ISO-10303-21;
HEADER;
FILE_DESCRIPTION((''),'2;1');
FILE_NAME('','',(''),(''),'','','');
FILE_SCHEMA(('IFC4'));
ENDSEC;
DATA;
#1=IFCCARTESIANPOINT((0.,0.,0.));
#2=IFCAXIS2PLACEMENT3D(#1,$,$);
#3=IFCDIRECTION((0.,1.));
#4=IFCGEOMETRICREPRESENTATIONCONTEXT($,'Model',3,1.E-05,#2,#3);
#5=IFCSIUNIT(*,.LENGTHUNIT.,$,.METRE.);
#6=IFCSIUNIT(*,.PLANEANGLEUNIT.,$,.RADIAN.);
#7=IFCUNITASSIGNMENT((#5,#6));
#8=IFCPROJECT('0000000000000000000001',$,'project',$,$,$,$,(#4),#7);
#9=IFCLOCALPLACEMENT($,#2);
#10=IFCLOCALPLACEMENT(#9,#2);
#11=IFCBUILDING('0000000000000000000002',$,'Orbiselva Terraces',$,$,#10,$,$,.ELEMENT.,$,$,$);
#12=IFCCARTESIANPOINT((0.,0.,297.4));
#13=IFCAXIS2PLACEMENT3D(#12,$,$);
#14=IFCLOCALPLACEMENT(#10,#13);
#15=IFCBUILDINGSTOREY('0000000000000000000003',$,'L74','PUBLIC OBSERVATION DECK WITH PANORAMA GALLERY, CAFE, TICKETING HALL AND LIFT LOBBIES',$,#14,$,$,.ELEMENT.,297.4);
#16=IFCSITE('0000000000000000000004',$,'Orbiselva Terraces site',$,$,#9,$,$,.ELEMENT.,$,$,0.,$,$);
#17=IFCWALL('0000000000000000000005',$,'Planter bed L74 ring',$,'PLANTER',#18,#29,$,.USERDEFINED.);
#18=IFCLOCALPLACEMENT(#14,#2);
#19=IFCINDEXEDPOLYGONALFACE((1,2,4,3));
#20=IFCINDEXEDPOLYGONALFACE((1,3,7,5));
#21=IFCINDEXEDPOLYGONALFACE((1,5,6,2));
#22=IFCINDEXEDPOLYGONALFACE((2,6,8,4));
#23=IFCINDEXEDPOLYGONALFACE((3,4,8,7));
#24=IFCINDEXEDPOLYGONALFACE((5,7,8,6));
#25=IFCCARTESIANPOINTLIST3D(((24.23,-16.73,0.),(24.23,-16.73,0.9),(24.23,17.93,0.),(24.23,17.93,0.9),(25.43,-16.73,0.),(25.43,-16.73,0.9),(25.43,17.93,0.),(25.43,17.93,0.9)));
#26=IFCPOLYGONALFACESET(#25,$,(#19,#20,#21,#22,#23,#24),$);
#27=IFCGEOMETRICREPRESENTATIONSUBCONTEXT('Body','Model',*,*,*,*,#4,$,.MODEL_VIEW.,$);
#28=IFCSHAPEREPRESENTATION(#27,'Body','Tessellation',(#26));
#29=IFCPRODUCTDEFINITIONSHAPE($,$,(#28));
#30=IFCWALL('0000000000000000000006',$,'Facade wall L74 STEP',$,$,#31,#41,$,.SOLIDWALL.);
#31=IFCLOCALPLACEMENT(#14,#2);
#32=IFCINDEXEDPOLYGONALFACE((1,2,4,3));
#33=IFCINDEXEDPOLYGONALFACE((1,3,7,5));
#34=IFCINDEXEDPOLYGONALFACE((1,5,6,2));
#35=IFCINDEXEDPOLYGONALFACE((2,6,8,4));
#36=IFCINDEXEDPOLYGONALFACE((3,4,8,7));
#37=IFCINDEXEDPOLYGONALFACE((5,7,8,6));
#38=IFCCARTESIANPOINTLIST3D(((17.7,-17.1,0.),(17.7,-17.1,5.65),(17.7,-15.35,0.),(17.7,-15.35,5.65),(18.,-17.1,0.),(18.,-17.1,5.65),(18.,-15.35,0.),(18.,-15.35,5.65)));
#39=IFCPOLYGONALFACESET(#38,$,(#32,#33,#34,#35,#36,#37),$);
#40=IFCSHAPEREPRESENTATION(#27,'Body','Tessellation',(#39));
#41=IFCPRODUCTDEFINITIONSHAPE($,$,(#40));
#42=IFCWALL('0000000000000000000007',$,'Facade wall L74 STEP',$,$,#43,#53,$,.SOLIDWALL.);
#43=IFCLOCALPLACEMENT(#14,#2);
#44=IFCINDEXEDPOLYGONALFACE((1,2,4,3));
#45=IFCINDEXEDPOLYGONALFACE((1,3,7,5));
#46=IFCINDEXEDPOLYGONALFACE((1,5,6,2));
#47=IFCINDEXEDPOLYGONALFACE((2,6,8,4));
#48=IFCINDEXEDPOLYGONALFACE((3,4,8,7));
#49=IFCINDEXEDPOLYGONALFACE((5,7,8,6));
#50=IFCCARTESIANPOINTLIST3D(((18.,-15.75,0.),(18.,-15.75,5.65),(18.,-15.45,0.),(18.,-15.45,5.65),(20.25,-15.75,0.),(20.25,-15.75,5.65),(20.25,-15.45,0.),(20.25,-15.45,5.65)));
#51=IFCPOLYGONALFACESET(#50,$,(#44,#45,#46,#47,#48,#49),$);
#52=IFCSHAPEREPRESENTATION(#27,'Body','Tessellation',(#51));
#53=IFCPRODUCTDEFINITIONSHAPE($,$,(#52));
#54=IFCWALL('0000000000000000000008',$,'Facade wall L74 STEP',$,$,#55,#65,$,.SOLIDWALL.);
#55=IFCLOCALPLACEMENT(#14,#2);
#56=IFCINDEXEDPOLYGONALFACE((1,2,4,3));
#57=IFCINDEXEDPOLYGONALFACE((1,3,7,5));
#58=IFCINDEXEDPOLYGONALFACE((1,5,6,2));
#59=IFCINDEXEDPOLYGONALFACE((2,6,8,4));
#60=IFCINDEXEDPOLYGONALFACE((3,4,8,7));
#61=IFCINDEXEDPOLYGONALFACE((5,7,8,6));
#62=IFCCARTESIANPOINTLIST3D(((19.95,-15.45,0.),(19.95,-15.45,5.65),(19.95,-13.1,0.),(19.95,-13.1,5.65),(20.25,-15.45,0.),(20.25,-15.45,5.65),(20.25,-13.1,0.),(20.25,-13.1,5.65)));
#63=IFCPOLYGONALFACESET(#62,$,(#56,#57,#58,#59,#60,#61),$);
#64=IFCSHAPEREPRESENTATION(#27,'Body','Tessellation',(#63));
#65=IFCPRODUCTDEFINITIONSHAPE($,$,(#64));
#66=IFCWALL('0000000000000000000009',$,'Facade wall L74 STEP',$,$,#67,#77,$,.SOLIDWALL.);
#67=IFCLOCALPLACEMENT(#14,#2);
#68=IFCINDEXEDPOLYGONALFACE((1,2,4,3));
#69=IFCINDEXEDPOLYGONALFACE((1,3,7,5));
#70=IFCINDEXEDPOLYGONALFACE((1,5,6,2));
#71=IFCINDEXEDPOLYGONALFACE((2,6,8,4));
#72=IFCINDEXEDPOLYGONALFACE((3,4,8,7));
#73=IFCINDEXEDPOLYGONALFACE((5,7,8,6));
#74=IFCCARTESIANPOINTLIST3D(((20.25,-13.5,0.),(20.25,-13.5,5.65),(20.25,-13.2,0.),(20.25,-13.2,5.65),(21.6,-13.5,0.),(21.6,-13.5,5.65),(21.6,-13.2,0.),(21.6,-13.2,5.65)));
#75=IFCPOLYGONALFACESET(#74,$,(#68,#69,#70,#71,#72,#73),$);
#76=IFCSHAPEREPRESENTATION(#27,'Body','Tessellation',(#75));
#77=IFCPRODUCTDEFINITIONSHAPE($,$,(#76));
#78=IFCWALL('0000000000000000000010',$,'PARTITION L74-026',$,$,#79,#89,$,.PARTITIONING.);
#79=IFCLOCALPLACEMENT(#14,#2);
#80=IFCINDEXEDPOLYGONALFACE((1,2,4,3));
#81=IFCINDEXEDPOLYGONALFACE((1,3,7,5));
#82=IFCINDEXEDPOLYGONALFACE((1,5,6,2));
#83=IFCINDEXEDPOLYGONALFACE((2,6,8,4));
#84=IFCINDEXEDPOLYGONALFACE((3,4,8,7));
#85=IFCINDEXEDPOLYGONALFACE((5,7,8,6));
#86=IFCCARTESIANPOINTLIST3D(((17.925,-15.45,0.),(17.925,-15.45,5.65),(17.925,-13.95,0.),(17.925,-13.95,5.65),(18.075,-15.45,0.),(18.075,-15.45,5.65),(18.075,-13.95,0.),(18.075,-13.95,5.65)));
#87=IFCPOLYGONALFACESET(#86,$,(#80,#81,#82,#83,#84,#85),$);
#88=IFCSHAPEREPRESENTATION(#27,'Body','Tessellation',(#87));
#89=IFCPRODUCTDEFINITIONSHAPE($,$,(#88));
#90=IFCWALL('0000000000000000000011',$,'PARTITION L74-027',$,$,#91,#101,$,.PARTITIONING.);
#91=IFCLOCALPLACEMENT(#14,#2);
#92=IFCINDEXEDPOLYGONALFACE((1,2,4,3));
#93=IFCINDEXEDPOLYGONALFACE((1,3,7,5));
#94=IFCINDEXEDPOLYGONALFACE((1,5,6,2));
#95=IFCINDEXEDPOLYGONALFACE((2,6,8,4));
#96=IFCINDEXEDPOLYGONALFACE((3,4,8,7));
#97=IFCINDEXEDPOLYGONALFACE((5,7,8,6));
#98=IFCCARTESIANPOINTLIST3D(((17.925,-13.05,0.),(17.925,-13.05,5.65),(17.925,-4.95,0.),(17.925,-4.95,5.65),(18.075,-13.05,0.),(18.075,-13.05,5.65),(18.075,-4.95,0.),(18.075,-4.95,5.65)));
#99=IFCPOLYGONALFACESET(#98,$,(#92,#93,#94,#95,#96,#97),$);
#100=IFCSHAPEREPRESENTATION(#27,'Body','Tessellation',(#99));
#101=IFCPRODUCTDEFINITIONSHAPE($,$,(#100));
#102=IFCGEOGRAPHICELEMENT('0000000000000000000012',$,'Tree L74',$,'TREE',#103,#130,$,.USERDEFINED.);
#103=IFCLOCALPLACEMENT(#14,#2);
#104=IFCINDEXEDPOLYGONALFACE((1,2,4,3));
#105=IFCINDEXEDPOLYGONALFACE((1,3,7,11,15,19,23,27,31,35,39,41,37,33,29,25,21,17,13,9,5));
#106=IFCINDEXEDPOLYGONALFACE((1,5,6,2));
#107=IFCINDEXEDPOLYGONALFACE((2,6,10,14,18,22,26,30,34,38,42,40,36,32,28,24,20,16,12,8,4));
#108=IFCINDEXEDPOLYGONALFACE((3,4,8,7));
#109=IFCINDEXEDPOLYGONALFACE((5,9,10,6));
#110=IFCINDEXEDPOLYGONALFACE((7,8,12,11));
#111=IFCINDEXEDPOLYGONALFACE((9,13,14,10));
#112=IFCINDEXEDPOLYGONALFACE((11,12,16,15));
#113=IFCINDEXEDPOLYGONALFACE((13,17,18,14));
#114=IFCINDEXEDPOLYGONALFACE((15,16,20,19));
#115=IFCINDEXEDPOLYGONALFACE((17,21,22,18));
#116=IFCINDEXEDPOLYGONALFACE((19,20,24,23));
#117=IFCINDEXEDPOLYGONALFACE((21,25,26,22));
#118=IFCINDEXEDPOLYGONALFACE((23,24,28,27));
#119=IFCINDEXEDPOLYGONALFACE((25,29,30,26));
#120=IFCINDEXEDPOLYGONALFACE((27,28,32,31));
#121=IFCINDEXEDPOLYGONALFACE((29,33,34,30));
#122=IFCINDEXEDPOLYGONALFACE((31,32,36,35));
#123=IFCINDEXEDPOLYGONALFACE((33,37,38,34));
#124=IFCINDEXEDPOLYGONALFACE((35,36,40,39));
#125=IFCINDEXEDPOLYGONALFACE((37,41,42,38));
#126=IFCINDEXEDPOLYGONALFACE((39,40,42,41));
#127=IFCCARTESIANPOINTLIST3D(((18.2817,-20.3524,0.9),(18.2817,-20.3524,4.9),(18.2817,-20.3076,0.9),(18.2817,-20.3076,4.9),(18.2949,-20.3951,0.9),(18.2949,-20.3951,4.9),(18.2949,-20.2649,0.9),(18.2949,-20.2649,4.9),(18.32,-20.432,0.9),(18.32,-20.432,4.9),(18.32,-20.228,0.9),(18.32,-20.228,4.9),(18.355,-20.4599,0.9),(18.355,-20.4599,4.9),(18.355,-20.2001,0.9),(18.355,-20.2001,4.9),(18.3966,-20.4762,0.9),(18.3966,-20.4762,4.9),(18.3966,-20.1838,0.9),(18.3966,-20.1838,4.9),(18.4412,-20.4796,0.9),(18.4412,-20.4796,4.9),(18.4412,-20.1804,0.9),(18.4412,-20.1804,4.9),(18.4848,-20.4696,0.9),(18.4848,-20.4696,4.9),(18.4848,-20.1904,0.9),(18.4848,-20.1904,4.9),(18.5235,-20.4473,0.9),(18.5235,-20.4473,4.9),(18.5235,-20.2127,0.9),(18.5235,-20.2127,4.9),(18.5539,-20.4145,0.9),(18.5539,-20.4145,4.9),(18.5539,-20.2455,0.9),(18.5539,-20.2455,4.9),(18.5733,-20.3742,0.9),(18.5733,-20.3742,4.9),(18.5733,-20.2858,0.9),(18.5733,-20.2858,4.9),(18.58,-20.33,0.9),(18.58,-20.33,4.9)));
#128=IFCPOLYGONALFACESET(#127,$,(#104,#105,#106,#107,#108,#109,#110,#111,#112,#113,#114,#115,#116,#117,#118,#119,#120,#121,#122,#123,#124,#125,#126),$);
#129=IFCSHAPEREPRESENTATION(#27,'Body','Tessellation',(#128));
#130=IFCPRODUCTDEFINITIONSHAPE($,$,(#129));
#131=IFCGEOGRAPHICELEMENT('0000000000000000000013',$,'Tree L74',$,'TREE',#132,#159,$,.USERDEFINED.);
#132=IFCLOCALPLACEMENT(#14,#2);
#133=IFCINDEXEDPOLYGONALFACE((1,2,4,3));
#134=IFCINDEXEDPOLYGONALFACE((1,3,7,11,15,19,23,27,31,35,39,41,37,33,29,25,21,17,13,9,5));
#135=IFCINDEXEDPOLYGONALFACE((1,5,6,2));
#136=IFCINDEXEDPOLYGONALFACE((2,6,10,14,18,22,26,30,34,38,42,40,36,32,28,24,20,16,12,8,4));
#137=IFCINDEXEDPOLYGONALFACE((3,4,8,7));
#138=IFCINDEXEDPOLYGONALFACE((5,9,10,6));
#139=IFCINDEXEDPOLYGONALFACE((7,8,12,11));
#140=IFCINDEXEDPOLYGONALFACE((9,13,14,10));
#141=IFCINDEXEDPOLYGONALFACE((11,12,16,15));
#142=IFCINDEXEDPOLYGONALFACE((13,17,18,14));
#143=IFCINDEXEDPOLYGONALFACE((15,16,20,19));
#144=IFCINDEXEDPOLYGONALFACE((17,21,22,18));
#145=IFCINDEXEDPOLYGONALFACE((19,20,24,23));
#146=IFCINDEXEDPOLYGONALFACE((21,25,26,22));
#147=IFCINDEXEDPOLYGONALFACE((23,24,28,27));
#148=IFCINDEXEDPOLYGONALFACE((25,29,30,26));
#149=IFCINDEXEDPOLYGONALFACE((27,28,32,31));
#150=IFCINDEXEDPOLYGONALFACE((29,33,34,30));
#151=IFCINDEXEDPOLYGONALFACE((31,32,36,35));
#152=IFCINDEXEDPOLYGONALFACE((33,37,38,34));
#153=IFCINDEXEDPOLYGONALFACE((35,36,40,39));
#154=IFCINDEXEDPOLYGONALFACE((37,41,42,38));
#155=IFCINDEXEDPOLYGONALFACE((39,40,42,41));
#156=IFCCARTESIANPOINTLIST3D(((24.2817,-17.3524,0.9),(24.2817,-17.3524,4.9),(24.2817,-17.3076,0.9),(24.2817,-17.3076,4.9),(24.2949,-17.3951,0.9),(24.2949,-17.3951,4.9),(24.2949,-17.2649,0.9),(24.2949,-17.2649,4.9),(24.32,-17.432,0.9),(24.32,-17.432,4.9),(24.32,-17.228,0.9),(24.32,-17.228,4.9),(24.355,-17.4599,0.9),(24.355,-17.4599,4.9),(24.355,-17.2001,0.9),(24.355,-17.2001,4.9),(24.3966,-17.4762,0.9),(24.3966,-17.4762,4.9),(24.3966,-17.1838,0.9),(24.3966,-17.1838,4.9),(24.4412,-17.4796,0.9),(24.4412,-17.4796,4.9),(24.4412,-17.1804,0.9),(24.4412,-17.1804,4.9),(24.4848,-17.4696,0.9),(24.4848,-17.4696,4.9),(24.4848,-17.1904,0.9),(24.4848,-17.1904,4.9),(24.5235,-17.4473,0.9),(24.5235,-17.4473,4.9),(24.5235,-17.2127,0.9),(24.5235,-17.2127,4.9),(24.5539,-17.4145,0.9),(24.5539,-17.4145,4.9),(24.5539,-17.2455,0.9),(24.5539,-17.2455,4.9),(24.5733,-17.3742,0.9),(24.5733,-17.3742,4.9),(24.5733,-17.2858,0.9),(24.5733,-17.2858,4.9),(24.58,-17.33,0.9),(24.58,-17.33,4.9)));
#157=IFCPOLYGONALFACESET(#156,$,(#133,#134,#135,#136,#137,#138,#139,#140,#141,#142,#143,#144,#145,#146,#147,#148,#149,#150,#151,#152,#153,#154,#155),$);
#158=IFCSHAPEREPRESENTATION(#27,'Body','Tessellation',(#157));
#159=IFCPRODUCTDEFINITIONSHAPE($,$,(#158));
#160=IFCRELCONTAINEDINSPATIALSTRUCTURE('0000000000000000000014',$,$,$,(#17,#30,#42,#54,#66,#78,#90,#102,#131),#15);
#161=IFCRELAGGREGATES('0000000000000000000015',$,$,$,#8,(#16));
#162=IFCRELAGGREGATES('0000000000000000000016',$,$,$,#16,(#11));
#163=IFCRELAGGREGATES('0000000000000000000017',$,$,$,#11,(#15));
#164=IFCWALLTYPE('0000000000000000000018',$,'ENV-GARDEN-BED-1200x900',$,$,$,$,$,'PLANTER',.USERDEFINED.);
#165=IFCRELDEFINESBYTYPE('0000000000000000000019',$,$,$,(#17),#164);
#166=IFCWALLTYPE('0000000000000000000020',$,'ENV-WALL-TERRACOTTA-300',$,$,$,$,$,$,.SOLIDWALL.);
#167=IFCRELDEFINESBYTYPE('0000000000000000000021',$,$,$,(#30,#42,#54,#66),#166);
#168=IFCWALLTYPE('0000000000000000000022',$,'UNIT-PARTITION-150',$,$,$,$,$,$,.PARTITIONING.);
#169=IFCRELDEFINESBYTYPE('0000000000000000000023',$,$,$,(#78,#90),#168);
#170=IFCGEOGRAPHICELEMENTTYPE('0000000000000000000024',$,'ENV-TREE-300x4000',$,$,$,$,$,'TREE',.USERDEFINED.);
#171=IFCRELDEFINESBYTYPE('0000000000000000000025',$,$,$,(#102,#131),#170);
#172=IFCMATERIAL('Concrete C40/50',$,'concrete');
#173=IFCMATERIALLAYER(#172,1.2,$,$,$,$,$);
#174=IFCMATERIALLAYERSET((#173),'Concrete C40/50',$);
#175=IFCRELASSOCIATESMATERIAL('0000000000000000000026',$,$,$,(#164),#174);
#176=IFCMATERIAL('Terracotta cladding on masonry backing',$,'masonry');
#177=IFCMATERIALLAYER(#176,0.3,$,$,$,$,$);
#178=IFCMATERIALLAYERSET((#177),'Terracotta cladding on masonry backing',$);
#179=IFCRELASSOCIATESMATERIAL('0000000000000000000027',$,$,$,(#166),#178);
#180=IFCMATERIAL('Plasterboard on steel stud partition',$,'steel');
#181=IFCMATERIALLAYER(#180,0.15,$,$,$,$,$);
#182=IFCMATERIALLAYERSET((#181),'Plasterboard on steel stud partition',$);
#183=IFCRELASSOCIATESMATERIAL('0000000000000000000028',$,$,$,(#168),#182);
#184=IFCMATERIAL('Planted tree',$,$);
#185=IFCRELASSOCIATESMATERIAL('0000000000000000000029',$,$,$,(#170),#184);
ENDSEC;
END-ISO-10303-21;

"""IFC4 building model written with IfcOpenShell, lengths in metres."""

from ifc_helpers import new_model, si_unit, direction, frame, frame_2d, origin, origin_2d, place, context, subcontext, project, spatial, rectangle, circle, extrude, material, layer, layer_set, type_object, element, save


model = new_model("IFC4")

# Units and contexts
model_context = context("Model", 3, precision=1e-05, world=origin(), true_north=direction((0.0, 1.0)))
body_context = subcontext(model_context, "Body", "Model", "MODEL_VIEW")
ifc_project = project(units=[si_unit("LENGTHUNIT", "METRE"), si_unit("PLANEANGLEUNIT", "RADIAN")], contexts=[model_context])

# Site, building, storey
site_placement = place(None, origin())
site = spatial("IfcSite", under=ifc_project, at=site_placement, Name="Orbiselva Terraces site", CompositionType="ELEMENT", RefElevation=0.0)
building_placement = place(site_placement, origin())
building = spatial("IfcBuilding", under=site, at=building_placement, Name="Orbiselva Terraces", CompositionType="ELEMENT")
storey_placement = place(building_placement, frame((0.0, 0.0, 297.4)))
storey = spatial("IfcBuildingStorey", under=building, at=storey_placement, Name="L74", Description="PUBLIC OBSERVATION DECK WITH PANORAMA GALLERY, CAFE, TICKETING HALL AND LIFT LOBBIES", CompositionType="ELEMENT", Elevation=297.4)

# Walls
ifc_material_1 = material(Name="Concrete C40/50", Category="concrete")
ifc_layer_1 = layer(ifc_material_1, 1.2)
ifc_layer_set_1 = layer_set([ifc_layer_1], Name="Concrete C40/50")
wall_type_1 = type_object("IfcWallType", Name="ENV-GARDEN-BED-1200x900", ElementType="PLANTER", PredefinedType="USERDEFINED", material=ifc_layer_set_1)
wall_1_placement = place(storey_placement, frame((24.83, -16.73, 0.0), z_axis=(0.0, 0.0, 1.0), x_axis=(0.0, 1.0, 0.0)))
element("IfcWall", 1, at=wall_1_placement, inside=storey, type_object=wall_type_1, Name="Planter bed L74 ring", ObjectType="PLANTER", PredefinedType="USERDEFINED", context=body_context, shape_type="SweptSolid", body=[
    extrude(rectangle(XDim=34.66, YDim=1.2, at=frame_2d((17.33, 0.0))), origin(), (0.0, 0.0, 1.0), 0.9),
])
ifc_material_2 = material(Name="Terracotta cladding on masonry backing", Category="masonry")
ifc_layer_2 = layer(ifc_material_2, 0.3)
ifc_layer_set_2 = layer_set([ifc_layer_2], Name="Terracotta cladding on masonry backing")
wall_type_2 = type_object("IfcWallType", Name="ENV-WALL-TERRACOTTA-300", PredefinedType="SOLIDWALL", material=ifc_layer_set_2)
wall_2_placement = place(storey_placement, frame((17.85, -15.35, 0.0), z_axis=(0.0, 0.0, 1.0), x_axis=(0.0, -1.0, 0.0)))
element("IfcWall", 2, at=wall_2_placement, inside=storey, type_object=wall_type_2, Name="Facade wall L74 STEP", PredefinedType="SOLIDWALL", context=body_context, shape_type="SweptSolid", body=[
    extrude(rectangle(XDim=1.75, YDim=0.3, at=frame_2d((0.875, 0.0))), origin(), (0.0, 0.0, 1.0), 5.65),
])
wall_3_placement = place(storey_placement, frame((20.25, -15.6, 0.0), z_axis=(0.0, 0.0, 1.0), x_axis=(-1.0, 0.0, 0.0)))
element("IfcWall", 3, at=wall_3_placement, inside=storey, type_object=wall_type_2, Name="Facade wall L74 STEP", PredefinedType="SOLIDWALL", context=body_context, shape_type="SweptSolid", body=[
    extrude(rectangle(XDim=2.25, YDim=0.3, at=frame_2d((1.125, 0.0))), origin(), (0.0, 0.0, 1.0), 5.65),
])
wall_4_placement = place(storey_placement, frame((20.1, -13.1, 0.0), z_axis=(0.0, 0.0, 1.0), x_axis=(0.0, -1.0, 0.0)))
element("IfcWall", 4, at=wall_4_placement, inside=storey, type_object=wall_type_2, Name="Facade wall L74 STEP", PredefinedType="SOLIDWALL", context=body_context, shape_type="SweptSolid", body=[
    extrude(rectangle(XDim=2.35, YDim=0.3, at=frame_2d((1.175, 0.0))), origin(), (0.0, 0.0, 1.0), 5.65),
])
wall_5_placement = place(storey_placement, frame((21.6, -13.35, 0.0), z_axis=(0.0, 0.0, 1.0), x_axis=(-1.0, 0.0, 0.0)))
element("IfcWall", 5, at=wall_5_placement, inside=storey, type_object=wall_type_2, Name="Facade wall L74 STEP", PredefinedType="SOLIDWALL", context=body_context, shape_type="SweptSolid", body=[
    extrude(rectangle(XDim=1.35, YDim=0.3, at=frame_2d((0.675, 0.0))), origin(), (0.0, 0.0, 1.0), 5.65),
])
ifc_material_3 = material(Name="Plasterboard on steel stud partition", Category="steel")
ifc_layer_3 = layer(ifc_material_3, 0.15)
ifc_layer_set_3 = layer_set([ifc_layer_3], Name="Plasterboard on steel stud partition")
wall_type_3 = type_object("IfcWallType", Name="UNIT-PARTITION-150", PredefinedType="PARTITIONING", material=ifc_layer_set_3)
wall_6_placement = place(storey_placement, frame((18.0, -15.45, 0.0), z_axis=(0.0, 0.0, 1.0), x_axis=(0.0, 1.0, 0.0)))
element("IfcWall", 6, at=wall_6_placement, inside=storey, type_object=wall_type_3, Name="PARTITION L74-026", PredefinedType="PARTITIONING", context=body_context, shape_type="SweptSolid", body=[
    extrude(rectangle(XDim=1.5, YDim=0.15, at=frame_2d((0.75, 0.0))), origin(), (0.0, 0.0, 1.0), 5.65),
])
wall_7_placement = place(storey_placement, frame((18.0, -13.05, 0.0), z_axis=(0.0, 0.0, 1.0), x_axis=(0.0, 1.0, 0.0)))
element("IfcWall", 7, at=wall_7_placement, inside=storey, type_object=wall_type_3, Name="PARTITION L74-027", PredefinedType="PARTITIONING", context=body_context, shape_type="SweptSolid", body=[
    extrude(rectangle(XDim=8.1, YDim=0.15, at=frame_2d((4.05, 0.0))), origin(), (0.0, 0.0, 1.0), 5.65),
])

# Geographic elements
ifc_material_4 = material(Name="Planted tree")
geographic_element_type = type_object("IfcGeographicElementType", Name="ENV-TREE-300x4000", ElementType="TREE", PredefinedType="USERDEFINED", material=ifc_material_4)
for number, where, z_axis, x_axis, name in (
    (8, (18.43, -20.33, 4.9), (0.0, 0.0, -1.0), (1.0, 0.0, 0.0), "Tree L74"),
    (9, (24.43, -17.33, 4.9), (0.0, 0.0, -1.0), (1.0, 0.0, 0.0), "Tree L74"),
):
    element("IfcGeographicElement", number, at=place(storey_placement, frame(where, z_axis=z_axis, x_axis=x_axis)), inside=storey, type_object=geographic_element_type, Name=name, ObjectType="TREE", PredefinedType="USERDEFINED", context=body_context, shape_type="SweptSolid", body=[
        extrude(circle(Radius=0.15, at=origin_2d()), origin(), (0.0, 0.0, 1.0), 4.0),
    ])

save(model, "model.ifc")
